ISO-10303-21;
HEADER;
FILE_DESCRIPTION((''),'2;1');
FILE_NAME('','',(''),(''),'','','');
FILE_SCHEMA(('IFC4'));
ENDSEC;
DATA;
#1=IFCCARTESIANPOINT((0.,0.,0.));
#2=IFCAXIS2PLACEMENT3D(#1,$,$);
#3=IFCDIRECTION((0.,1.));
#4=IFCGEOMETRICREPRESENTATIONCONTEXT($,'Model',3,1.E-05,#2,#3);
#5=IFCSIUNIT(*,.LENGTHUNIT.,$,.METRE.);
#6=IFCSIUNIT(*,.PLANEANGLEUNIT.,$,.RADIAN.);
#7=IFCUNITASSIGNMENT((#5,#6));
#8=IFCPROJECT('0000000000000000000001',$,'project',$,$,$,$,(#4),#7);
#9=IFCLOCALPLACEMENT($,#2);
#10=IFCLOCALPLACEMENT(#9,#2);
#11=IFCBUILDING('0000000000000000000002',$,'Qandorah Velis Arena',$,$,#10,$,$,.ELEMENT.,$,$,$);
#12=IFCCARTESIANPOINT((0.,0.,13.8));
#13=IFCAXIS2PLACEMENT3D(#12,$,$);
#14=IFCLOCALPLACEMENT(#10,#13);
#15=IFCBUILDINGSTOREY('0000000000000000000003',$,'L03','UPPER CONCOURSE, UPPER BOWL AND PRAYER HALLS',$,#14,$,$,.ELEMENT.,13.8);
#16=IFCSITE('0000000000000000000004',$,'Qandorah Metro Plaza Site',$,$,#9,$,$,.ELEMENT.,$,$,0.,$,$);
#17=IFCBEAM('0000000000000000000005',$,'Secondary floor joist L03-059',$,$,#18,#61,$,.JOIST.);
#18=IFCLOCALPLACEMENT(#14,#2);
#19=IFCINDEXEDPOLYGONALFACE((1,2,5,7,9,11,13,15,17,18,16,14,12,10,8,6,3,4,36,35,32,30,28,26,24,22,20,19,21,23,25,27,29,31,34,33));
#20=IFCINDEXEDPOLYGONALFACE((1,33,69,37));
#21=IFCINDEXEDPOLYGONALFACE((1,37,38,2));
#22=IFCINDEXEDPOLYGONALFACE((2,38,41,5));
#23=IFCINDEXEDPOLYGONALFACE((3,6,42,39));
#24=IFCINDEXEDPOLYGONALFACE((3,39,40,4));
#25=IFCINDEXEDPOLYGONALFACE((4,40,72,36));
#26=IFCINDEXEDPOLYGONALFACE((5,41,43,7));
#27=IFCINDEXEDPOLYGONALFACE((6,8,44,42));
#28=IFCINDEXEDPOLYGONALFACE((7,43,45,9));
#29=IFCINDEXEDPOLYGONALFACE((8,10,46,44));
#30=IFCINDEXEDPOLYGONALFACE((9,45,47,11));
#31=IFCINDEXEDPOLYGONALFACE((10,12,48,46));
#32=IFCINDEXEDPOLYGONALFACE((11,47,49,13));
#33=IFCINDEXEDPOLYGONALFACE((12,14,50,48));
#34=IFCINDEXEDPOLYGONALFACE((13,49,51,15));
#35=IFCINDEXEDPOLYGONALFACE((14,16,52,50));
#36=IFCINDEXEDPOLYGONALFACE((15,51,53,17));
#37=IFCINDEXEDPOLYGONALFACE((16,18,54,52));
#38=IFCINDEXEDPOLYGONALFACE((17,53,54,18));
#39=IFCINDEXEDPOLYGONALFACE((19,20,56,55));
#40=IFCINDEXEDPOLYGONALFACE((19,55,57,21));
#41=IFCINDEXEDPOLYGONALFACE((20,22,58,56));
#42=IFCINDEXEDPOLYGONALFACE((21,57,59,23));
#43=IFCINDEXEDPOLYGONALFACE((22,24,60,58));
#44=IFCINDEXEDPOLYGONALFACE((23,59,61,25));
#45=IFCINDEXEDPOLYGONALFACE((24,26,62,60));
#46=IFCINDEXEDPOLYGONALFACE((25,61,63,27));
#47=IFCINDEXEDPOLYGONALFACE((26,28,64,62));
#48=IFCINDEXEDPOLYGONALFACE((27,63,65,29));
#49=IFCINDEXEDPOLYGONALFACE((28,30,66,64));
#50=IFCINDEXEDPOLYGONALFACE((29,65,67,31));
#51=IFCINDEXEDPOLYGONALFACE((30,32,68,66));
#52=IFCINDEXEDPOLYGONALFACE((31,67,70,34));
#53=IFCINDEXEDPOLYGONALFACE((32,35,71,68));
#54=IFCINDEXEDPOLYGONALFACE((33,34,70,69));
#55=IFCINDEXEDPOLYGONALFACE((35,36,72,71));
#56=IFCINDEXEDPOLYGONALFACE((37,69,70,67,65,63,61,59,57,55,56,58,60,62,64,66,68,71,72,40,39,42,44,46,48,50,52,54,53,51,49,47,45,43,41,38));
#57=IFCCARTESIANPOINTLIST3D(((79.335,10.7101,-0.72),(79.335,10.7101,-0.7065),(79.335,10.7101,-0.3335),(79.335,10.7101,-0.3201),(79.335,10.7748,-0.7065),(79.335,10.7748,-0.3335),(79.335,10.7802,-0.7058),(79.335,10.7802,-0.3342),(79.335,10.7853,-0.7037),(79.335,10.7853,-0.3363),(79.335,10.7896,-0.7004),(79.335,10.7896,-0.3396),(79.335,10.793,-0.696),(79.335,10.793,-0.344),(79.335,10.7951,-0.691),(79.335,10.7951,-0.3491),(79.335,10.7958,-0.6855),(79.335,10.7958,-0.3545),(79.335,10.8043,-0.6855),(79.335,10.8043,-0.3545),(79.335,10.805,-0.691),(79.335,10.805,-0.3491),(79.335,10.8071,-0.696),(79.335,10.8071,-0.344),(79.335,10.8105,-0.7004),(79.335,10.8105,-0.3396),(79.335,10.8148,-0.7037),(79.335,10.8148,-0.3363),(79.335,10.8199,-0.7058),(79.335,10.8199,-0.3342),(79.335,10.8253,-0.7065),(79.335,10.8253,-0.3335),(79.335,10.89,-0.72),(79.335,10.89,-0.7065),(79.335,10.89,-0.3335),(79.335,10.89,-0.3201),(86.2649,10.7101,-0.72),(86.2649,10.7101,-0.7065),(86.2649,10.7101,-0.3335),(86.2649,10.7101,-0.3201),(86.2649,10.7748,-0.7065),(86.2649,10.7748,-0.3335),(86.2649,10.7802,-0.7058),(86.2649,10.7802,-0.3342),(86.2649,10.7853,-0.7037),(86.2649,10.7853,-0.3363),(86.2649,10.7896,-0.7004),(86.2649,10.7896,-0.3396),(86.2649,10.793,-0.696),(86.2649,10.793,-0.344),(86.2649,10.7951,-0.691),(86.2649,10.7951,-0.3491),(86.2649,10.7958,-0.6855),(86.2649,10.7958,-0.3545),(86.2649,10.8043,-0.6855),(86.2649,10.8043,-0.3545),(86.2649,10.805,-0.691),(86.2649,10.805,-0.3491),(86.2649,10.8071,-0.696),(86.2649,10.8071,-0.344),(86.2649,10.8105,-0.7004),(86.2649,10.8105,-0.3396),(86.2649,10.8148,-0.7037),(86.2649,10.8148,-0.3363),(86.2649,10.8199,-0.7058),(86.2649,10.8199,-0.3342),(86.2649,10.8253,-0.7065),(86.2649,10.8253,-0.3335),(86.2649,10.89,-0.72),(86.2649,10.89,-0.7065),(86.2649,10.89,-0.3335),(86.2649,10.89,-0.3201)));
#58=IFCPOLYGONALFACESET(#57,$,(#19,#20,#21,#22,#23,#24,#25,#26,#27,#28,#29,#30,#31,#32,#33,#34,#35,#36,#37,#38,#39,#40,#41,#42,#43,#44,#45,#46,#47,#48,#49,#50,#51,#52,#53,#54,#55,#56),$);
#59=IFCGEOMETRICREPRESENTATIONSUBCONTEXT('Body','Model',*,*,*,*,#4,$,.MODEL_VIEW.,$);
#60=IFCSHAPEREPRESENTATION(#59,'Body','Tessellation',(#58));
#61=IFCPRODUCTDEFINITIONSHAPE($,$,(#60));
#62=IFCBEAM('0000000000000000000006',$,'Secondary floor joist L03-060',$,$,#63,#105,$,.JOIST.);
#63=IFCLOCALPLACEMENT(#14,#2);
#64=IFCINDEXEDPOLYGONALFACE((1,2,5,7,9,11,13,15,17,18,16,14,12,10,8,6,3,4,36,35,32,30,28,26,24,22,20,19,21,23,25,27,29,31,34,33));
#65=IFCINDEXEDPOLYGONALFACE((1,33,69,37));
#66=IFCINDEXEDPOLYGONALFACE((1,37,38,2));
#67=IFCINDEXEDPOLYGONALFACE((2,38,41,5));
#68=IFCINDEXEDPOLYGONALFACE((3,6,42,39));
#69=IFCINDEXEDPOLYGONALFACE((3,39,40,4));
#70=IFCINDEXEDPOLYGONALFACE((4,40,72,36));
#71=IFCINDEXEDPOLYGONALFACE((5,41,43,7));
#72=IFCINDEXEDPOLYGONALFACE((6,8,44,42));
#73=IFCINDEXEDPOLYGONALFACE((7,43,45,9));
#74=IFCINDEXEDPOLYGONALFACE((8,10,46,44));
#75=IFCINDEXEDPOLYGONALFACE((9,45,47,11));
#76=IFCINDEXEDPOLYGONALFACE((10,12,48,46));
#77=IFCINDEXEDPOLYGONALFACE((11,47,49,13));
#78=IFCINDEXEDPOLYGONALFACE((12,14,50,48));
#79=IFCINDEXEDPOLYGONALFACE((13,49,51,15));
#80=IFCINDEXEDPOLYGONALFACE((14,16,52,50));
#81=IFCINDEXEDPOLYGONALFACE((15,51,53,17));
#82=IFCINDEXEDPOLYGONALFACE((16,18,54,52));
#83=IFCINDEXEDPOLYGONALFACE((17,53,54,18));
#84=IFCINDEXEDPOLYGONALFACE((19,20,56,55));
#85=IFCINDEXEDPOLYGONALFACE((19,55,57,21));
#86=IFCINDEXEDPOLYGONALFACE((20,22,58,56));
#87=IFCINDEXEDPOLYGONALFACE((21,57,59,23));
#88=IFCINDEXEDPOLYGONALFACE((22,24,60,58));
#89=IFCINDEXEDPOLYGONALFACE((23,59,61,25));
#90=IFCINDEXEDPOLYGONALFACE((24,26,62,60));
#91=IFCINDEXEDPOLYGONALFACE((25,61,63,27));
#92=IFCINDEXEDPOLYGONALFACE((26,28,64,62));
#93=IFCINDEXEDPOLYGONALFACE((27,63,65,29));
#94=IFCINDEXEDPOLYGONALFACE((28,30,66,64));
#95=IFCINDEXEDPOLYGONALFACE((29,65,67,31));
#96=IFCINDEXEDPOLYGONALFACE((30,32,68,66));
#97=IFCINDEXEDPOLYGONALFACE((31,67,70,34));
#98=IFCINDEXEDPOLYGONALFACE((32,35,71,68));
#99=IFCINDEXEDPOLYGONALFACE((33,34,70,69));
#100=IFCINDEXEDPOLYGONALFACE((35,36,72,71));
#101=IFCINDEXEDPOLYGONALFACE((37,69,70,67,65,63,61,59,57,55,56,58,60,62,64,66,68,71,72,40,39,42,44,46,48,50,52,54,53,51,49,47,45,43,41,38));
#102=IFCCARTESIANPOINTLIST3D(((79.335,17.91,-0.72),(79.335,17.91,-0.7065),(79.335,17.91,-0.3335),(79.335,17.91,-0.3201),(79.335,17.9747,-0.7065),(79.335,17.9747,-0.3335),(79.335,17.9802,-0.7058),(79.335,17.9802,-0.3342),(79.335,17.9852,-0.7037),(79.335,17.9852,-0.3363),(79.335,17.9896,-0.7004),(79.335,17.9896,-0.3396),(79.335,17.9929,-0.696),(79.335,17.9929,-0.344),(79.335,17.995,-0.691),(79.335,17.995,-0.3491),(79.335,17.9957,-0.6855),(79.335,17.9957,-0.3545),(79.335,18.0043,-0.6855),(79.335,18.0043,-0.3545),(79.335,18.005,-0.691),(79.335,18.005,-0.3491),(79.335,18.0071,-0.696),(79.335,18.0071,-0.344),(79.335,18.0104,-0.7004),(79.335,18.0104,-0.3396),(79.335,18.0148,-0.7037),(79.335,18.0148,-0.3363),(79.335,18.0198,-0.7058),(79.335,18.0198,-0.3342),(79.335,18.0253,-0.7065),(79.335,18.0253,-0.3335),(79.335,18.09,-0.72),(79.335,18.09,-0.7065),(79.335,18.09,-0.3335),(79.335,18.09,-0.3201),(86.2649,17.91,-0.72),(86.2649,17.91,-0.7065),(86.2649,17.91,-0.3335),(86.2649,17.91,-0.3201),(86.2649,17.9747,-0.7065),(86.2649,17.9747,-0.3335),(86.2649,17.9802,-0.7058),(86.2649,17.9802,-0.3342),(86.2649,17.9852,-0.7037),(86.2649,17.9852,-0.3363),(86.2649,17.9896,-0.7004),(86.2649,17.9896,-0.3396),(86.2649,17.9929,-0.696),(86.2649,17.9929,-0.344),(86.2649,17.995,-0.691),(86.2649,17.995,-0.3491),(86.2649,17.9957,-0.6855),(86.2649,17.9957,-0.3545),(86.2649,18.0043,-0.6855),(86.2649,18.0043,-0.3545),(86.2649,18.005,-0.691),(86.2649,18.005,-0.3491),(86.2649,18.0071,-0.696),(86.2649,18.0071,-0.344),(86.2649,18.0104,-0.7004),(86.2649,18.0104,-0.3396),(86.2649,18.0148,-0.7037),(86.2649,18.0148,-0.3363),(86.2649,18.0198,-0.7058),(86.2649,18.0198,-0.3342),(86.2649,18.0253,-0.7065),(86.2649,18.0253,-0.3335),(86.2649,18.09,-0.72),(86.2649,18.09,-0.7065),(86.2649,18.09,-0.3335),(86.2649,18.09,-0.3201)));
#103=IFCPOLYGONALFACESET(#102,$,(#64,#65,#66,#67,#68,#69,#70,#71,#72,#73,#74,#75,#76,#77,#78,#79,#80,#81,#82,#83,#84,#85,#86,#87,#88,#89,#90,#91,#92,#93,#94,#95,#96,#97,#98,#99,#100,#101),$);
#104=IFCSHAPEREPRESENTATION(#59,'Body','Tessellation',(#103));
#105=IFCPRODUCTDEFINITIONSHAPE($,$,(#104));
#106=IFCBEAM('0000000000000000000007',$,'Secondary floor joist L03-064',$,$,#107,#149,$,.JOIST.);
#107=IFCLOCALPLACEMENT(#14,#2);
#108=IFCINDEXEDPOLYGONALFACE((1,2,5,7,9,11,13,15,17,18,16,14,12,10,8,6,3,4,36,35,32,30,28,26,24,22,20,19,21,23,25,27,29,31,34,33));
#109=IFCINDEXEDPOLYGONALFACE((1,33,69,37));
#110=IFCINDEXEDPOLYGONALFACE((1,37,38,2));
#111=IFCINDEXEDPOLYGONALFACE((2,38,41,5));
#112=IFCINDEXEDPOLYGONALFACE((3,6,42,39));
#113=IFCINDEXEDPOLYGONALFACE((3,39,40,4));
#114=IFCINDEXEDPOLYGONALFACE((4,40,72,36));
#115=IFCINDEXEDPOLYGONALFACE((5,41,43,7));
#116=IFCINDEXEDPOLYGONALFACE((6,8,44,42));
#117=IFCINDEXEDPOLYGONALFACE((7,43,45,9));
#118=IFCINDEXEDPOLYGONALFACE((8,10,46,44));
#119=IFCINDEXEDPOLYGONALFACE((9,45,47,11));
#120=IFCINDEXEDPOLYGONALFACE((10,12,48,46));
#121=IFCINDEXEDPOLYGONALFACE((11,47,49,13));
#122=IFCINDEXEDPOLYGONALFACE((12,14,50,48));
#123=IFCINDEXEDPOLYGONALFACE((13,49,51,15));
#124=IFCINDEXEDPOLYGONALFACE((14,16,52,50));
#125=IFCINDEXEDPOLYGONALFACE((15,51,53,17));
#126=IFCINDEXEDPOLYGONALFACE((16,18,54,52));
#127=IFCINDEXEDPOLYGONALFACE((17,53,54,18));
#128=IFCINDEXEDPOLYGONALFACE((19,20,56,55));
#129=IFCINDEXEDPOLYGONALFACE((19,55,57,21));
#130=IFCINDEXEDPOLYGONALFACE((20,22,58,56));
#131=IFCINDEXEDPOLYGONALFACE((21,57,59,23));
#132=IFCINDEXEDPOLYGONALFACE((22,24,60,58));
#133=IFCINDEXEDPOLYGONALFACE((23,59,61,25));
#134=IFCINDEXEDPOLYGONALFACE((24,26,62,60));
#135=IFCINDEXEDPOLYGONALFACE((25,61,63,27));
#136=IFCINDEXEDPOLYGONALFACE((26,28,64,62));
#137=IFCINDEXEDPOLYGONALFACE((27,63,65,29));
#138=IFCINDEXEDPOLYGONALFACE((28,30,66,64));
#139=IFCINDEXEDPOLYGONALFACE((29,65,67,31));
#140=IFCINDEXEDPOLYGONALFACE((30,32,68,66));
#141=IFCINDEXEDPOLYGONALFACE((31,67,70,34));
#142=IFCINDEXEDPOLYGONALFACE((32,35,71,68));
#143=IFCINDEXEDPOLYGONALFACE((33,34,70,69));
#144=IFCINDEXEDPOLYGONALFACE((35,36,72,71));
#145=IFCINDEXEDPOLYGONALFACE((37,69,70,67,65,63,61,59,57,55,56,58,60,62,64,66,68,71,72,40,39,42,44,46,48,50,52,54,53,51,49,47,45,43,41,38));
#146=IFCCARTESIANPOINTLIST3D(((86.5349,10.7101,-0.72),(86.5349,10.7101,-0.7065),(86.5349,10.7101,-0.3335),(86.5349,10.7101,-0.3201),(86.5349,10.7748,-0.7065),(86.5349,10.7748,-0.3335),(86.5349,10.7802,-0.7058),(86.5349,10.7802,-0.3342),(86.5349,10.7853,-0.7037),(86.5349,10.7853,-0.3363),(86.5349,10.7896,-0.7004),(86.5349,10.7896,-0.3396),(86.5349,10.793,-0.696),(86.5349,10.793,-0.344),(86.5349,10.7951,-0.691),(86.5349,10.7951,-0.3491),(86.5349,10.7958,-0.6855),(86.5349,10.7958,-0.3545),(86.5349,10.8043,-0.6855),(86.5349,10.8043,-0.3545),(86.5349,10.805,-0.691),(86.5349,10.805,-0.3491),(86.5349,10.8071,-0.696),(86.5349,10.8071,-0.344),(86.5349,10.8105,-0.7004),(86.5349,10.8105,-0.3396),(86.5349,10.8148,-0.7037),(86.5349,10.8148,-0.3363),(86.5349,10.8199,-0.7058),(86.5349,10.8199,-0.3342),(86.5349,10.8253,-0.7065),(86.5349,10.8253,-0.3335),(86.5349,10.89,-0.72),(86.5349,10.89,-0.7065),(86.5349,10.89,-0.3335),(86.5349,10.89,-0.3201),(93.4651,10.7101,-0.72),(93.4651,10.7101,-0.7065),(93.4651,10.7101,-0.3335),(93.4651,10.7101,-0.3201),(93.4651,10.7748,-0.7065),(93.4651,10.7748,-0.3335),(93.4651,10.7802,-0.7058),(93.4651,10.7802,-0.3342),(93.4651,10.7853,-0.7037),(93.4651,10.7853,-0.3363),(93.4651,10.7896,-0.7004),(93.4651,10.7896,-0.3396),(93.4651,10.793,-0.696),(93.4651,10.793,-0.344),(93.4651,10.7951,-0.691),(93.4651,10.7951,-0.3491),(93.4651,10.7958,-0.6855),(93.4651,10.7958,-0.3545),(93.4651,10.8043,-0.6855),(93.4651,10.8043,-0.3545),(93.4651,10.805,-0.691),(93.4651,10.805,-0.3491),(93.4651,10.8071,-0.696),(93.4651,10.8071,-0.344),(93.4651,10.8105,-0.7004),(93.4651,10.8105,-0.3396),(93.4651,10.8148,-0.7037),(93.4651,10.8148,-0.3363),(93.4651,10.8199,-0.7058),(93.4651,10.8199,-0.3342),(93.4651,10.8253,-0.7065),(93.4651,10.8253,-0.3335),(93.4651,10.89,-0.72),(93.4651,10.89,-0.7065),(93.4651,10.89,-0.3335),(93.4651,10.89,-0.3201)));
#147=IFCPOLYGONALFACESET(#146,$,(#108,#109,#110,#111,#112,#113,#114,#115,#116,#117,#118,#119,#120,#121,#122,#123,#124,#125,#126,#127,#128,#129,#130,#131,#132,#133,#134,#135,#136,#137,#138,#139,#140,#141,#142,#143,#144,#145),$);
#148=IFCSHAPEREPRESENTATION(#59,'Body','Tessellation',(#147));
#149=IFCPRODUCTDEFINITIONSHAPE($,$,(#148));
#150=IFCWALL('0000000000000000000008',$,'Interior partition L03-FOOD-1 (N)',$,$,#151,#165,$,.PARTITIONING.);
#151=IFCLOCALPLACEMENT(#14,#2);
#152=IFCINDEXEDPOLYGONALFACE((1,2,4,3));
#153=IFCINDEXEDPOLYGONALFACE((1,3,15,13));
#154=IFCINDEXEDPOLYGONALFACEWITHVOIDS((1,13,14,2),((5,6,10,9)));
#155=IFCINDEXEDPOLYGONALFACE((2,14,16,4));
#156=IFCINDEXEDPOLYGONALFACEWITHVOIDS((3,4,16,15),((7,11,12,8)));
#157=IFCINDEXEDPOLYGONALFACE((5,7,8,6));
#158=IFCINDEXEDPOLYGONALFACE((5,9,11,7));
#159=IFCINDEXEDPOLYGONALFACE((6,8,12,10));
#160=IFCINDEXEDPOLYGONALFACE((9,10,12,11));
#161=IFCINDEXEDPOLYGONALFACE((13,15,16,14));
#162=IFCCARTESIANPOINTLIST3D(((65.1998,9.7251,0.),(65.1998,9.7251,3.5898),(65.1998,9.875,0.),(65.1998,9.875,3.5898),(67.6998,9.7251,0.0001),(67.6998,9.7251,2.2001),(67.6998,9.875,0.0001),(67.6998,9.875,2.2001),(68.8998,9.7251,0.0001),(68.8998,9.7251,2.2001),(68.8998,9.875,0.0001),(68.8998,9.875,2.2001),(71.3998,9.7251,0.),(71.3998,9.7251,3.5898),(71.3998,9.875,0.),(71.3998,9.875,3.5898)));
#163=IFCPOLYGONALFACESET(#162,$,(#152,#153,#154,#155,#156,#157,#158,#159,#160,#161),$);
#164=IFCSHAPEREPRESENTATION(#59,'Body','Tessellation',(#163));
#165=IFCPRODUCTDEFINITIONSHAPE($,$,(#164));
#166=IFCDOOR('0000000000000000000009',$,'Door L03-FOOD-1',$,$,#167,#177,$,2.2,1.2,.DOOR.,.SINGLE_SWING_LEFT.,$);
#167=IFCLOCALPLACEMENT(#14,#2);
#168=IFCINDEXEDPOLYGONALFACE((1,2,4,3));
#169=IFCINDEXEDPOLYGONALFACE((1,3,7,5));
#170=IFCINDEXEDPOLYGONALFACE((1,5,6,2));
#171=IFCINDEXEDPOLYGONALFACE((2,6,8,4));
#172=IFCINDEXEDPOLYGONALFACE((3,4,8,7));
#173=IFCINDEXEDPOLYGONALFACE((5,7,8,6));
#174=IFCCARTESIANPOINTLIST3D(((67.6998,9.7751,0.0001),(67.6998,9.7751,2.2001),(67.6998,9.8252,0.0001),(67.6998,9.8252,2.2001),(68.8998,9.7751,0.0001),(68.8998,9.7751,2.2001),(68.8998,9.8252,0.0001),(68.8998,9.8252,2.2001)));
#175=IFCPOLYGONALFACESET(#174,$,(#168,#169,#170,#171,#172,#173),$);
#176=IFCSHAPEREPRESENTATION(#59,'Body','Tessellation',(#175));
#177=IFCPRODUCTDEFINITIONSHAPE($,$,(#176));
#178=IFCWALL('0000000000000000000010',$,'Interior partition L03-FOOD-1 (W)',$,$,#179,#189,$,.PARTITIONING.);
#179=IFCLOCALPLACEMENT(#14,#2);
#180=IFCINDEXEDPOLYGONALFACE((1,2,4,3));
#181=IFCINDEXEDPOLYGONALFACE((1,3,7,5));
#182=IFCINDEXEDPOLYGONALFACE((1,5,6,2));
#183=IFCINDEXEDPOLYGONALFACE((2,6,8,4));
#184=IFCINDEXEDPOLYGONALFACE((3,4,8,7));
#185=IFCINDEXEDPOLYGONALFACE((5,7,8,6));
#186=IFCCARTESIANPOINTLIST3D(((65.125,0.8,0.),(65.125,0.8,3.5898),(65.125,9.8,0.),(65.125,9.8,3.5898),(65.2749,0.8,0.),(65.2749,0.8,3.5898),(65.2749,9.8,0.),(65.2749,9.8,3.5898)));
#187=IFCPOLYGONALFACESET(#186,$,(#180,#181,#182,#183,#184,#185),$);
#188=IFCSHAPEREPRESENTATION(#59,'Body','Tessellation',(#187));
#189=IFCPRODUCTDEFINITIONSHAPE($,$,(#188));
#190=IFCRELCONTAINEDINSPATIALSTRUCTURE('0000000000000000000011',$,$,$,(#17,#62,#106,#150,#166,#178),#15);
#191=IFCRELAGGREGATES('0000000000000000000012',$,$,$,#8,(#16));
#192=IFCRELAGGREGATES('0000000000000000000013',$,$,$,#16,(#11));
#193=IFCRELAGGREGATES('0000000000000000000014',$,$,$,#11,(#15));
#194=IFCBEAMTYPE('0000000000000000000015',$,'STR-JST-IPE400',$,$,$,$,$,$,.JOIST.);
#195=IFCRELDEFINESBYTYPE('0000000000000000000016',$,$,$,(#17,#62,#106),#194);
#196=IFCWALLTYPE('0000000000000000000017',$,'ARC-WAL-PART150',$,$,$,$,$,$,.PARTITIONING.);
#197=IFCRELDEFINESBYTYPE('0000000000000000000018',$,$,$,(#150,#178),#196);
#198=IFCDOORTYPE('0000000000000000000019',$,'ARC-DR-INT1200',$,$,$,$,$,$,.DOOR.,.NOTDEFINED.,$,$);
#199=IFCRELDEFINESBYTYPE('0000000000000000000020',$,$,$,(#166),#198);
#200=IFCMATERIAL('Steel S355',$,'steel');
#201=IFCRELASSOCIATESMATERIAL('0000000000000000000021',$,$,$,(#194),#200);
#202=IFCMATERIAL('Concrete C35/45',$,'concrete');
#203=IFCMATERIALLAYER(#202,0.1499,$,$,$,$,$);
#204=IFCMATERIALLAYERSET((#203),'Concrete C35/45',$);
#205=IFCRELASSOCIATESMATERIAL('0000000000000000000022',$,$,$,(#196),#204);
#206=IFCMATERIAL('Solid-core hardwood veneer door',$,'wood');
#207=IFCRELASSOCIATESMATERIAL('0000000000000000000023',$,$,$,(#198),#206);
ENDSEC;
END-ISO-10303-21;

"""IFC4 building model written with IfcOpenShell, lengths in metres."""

from ifc_helpers import new_model, si_unit, direction, frame, frame_2d, origin, origin_2d, place, context, subcontext, project, spatial, rectangle, i_section, extrude, material, layer, layer_set, material_profile, profile_set, type_object, element, fill, save


model = new_model("IFC4")

# Units and contexts
model_context = context("Model", 3, precision=1e-05, world=origin(), true_north=direction((0.0, 1.0)))
body_context = subcontext(model_context, "Body", "Model", "MODEL_VIEW")
ifc_project = project(units=[si_unit("LENGTHUNIT", "METRE"), si_unit("PLANEANGLEUNIT", "RADIAN")], contexts=[model_context])

# Site, building, storey
site_placement = place(None, origin())
site = spatial("IfcSite", under=ifc_project, at=site_placement, Name="Qandorah Metro Plaza Site", CompositionType="ELEMENT", RefElevation=0.0)
building_placement = place(site_placement, origin())
building = spatial("IfcBuilding", under=site, at=building_placement, Name="Qandorah Velis Arena", CompositionType="ELEMENT")
storey_placement = place(building_placement, frame((0.0, 0.0, 13.8)))
storey = spatial("IfcBuildingStorey", under=building, at=storey_placement, Name="L03", Description="UPPER CONCOURSE, UPPER BOWL AND PRAYER HALLS", CompositionType="ELEMENT", Elevation=13.8)

# Beams
ifc_material_1 = material(Name="Steel S355", Category="steel")
ifc_material_profile_1 = material_profile(ifc_material_1, i_section(OverallWidth=0.1799, OverallDepth=0.3999, WebThickness=0.0085, FlangeThickness=0.0134, FilletRadius=0.021, at=origin_2d()), Name="IPE 400")
ifc_profile_set_1 = profile_set([ifc_material_profile_1], Name="Steel S355")
beam_type_1 = type_object("IfcBeamType", Name="STR-JST-IPE400", PredefinedType="JOIST", material=ifc_profile_set_1)
for number, where, z_axis, x_axis, name in (
    (1, (79.335, 10.8, -0.52), (1.0, 0.0, 0.0), (0.0, 1.0, 0.0), "Secondary floor joist L03-059"),
    (2, (79.335, 18.0, -0.52), (1.0, 0.0, 0.0), (0.0, 1.0, 0.0), "Secondary floor joist L03-060"),
):
    element("IfcBeam", number, at=place(storey_placement, frame(where, z_axis=z_axis, x_axis=x_axis)), inside=storey, type_object=beam_type_1, Name=name, PredefinedType="JOIST", context=body_context, shape_type="SweptSolid", body=[
        extrude(i_section(OverallWidth=0.1799, OverallDepth=0.3999, WebThickness=0.0085, FlangeThickness=0.0134, FilletRadius=0.021, at=origin_2d()), origin(), (0.0, 0.0, 1.0), 6.9299),
    ])
beam_1_placement = place(storey_placement, frame((86.5349, 10.8, -0.52), z_axis=(1.0, 0.0, 0.0), x_axis=(0.0, 1.0, 0.0)))
element("IfcBeam", 3, at=beam_1_placement, inside=storey, type_object=beam_type_1, Name="Secondary floor joist L03-064", PredefinedType="JOIST", context=body_context, shape_type="SweptSolid", body=[
    extrude(i_section(OverallWidth=0.1799, OverallDepth=0.3999, WebThickness=0.0085, FlangeThickness=0.0134, FilletRadius=0.021, at=origin_2d()), origin(), (0.0, 0.0, 1.0), 6.9302),
])

# Wall, opening, door
ifc_material_2 = material(Name="Concrete C35/45", Category="concrete")
ifc_layer_1 = layer(ifc_material_2, 0.1499)
ifc_layer_set_1 = layer_set([ifc_layer_1], Name="Concrete C35/45")
wall_type_1 = type_object("IfcWallType", Name="ARC-WAL-PART150", PredefinedType="PARTITIONING", material=ifc_layer_set_1)
wall_1_placement = place(storey_placement, frame((71.3999, 9.8, 0.0), z_axis=(0.0, 0.0, 1.0), x_axis=(-1.0, 0.0, 0.0)))
wall_1 = element("IfcWall", 4, at=wall_1_placement, inside=storey, type_object=wall_type_1, Name="Interior partition L03-FOOD-1 (N)", PredefinedType="PARTITIONING", context=body_context, shape_type="SweptSolid", body=[
    extrude(rectangle(XDim=6.2, YDim=0.1499, at=frame_2d((3.1001, 0.0))), origin(), (0.0, 0.0, 1.0), 3.5898),
])
opening_1_placement = place(wall_1_placement, frame((2.5, 0.0, 0.0)))
opening_1 = element("IfcOpeningElement", 5, at=opening_1_placement, cuts=wall_1, PredefinedType="OPENING", context=body_context, shape_type="SweptSolid", body=[
    extrude(rectangle(XDim=1.2, YDim=2.2, at=frame_2d((0.6001, 1.1001))), frame((0.0, 0.085, 0.0), z_axis=(0.0, -1.0, 0.0), x_axis=(1.0, 0.0, 0.0)), (0.0, 0.0, 1.0), 0.1699),
])
ifc_material_3 = material(Name="Solid-core hardwood veneer door", Category="wood")
door_type_1 = type_object("IfcDoorType", Name="ARC-DR-INT1200", OperationType="NOTDEFINED", PredefinedType="DOOR", material=ifc_material_3)
door_1_placement = place(opening_1_placement, origin())
door_1 = element("IfcDoor", 6, at=door_1_placement, inside=storey, type_object=door_type_1, Name="Door L03-FOOD-1", OperationType="SINGLE_SWING_LEFT", OverallHeight=2.2, OverallWidth=1.2, PredefinedType="DOOR", context=body_context, shape_type="SweptSolid", body=[
    extrude(rectangle(XDim=1.2, YDim=2.2, at=frame_2d((0.6001, 1.1001))), frame((0.0, 0.0249, 0.0), z_axis=(0.0, -1.0, 0.0), x_axis=(1.0, 0.0, 0.0)), (0.0, 0.0, 1.0), 0.05),
])
fill(opening_1, door_1)

# Wall
wall_2_placement = place(storey_placement, frame((65.2, 9.8, 0.0), z_axis=(0.0, 0.0, 1.0), x_axis=(0.0, -1.0, 0.0)))
element("IfcWall", 7, at=wall_2_placement, inside=storey, type_object=wall_type_1, Name="Interior partition L03-FOOD-1 (W)", PredefinedType="PARTITIONING", context=body_context, shape_type="SweptSolid", body=[
    extrude(rectangle(XDim=9.0, YDim=0.1499, at=frame_2d((4.5, 0.0))), origin(), (0.0, 0.0, 1.0), 3.5898),
])

save(model, "model.ifc")
